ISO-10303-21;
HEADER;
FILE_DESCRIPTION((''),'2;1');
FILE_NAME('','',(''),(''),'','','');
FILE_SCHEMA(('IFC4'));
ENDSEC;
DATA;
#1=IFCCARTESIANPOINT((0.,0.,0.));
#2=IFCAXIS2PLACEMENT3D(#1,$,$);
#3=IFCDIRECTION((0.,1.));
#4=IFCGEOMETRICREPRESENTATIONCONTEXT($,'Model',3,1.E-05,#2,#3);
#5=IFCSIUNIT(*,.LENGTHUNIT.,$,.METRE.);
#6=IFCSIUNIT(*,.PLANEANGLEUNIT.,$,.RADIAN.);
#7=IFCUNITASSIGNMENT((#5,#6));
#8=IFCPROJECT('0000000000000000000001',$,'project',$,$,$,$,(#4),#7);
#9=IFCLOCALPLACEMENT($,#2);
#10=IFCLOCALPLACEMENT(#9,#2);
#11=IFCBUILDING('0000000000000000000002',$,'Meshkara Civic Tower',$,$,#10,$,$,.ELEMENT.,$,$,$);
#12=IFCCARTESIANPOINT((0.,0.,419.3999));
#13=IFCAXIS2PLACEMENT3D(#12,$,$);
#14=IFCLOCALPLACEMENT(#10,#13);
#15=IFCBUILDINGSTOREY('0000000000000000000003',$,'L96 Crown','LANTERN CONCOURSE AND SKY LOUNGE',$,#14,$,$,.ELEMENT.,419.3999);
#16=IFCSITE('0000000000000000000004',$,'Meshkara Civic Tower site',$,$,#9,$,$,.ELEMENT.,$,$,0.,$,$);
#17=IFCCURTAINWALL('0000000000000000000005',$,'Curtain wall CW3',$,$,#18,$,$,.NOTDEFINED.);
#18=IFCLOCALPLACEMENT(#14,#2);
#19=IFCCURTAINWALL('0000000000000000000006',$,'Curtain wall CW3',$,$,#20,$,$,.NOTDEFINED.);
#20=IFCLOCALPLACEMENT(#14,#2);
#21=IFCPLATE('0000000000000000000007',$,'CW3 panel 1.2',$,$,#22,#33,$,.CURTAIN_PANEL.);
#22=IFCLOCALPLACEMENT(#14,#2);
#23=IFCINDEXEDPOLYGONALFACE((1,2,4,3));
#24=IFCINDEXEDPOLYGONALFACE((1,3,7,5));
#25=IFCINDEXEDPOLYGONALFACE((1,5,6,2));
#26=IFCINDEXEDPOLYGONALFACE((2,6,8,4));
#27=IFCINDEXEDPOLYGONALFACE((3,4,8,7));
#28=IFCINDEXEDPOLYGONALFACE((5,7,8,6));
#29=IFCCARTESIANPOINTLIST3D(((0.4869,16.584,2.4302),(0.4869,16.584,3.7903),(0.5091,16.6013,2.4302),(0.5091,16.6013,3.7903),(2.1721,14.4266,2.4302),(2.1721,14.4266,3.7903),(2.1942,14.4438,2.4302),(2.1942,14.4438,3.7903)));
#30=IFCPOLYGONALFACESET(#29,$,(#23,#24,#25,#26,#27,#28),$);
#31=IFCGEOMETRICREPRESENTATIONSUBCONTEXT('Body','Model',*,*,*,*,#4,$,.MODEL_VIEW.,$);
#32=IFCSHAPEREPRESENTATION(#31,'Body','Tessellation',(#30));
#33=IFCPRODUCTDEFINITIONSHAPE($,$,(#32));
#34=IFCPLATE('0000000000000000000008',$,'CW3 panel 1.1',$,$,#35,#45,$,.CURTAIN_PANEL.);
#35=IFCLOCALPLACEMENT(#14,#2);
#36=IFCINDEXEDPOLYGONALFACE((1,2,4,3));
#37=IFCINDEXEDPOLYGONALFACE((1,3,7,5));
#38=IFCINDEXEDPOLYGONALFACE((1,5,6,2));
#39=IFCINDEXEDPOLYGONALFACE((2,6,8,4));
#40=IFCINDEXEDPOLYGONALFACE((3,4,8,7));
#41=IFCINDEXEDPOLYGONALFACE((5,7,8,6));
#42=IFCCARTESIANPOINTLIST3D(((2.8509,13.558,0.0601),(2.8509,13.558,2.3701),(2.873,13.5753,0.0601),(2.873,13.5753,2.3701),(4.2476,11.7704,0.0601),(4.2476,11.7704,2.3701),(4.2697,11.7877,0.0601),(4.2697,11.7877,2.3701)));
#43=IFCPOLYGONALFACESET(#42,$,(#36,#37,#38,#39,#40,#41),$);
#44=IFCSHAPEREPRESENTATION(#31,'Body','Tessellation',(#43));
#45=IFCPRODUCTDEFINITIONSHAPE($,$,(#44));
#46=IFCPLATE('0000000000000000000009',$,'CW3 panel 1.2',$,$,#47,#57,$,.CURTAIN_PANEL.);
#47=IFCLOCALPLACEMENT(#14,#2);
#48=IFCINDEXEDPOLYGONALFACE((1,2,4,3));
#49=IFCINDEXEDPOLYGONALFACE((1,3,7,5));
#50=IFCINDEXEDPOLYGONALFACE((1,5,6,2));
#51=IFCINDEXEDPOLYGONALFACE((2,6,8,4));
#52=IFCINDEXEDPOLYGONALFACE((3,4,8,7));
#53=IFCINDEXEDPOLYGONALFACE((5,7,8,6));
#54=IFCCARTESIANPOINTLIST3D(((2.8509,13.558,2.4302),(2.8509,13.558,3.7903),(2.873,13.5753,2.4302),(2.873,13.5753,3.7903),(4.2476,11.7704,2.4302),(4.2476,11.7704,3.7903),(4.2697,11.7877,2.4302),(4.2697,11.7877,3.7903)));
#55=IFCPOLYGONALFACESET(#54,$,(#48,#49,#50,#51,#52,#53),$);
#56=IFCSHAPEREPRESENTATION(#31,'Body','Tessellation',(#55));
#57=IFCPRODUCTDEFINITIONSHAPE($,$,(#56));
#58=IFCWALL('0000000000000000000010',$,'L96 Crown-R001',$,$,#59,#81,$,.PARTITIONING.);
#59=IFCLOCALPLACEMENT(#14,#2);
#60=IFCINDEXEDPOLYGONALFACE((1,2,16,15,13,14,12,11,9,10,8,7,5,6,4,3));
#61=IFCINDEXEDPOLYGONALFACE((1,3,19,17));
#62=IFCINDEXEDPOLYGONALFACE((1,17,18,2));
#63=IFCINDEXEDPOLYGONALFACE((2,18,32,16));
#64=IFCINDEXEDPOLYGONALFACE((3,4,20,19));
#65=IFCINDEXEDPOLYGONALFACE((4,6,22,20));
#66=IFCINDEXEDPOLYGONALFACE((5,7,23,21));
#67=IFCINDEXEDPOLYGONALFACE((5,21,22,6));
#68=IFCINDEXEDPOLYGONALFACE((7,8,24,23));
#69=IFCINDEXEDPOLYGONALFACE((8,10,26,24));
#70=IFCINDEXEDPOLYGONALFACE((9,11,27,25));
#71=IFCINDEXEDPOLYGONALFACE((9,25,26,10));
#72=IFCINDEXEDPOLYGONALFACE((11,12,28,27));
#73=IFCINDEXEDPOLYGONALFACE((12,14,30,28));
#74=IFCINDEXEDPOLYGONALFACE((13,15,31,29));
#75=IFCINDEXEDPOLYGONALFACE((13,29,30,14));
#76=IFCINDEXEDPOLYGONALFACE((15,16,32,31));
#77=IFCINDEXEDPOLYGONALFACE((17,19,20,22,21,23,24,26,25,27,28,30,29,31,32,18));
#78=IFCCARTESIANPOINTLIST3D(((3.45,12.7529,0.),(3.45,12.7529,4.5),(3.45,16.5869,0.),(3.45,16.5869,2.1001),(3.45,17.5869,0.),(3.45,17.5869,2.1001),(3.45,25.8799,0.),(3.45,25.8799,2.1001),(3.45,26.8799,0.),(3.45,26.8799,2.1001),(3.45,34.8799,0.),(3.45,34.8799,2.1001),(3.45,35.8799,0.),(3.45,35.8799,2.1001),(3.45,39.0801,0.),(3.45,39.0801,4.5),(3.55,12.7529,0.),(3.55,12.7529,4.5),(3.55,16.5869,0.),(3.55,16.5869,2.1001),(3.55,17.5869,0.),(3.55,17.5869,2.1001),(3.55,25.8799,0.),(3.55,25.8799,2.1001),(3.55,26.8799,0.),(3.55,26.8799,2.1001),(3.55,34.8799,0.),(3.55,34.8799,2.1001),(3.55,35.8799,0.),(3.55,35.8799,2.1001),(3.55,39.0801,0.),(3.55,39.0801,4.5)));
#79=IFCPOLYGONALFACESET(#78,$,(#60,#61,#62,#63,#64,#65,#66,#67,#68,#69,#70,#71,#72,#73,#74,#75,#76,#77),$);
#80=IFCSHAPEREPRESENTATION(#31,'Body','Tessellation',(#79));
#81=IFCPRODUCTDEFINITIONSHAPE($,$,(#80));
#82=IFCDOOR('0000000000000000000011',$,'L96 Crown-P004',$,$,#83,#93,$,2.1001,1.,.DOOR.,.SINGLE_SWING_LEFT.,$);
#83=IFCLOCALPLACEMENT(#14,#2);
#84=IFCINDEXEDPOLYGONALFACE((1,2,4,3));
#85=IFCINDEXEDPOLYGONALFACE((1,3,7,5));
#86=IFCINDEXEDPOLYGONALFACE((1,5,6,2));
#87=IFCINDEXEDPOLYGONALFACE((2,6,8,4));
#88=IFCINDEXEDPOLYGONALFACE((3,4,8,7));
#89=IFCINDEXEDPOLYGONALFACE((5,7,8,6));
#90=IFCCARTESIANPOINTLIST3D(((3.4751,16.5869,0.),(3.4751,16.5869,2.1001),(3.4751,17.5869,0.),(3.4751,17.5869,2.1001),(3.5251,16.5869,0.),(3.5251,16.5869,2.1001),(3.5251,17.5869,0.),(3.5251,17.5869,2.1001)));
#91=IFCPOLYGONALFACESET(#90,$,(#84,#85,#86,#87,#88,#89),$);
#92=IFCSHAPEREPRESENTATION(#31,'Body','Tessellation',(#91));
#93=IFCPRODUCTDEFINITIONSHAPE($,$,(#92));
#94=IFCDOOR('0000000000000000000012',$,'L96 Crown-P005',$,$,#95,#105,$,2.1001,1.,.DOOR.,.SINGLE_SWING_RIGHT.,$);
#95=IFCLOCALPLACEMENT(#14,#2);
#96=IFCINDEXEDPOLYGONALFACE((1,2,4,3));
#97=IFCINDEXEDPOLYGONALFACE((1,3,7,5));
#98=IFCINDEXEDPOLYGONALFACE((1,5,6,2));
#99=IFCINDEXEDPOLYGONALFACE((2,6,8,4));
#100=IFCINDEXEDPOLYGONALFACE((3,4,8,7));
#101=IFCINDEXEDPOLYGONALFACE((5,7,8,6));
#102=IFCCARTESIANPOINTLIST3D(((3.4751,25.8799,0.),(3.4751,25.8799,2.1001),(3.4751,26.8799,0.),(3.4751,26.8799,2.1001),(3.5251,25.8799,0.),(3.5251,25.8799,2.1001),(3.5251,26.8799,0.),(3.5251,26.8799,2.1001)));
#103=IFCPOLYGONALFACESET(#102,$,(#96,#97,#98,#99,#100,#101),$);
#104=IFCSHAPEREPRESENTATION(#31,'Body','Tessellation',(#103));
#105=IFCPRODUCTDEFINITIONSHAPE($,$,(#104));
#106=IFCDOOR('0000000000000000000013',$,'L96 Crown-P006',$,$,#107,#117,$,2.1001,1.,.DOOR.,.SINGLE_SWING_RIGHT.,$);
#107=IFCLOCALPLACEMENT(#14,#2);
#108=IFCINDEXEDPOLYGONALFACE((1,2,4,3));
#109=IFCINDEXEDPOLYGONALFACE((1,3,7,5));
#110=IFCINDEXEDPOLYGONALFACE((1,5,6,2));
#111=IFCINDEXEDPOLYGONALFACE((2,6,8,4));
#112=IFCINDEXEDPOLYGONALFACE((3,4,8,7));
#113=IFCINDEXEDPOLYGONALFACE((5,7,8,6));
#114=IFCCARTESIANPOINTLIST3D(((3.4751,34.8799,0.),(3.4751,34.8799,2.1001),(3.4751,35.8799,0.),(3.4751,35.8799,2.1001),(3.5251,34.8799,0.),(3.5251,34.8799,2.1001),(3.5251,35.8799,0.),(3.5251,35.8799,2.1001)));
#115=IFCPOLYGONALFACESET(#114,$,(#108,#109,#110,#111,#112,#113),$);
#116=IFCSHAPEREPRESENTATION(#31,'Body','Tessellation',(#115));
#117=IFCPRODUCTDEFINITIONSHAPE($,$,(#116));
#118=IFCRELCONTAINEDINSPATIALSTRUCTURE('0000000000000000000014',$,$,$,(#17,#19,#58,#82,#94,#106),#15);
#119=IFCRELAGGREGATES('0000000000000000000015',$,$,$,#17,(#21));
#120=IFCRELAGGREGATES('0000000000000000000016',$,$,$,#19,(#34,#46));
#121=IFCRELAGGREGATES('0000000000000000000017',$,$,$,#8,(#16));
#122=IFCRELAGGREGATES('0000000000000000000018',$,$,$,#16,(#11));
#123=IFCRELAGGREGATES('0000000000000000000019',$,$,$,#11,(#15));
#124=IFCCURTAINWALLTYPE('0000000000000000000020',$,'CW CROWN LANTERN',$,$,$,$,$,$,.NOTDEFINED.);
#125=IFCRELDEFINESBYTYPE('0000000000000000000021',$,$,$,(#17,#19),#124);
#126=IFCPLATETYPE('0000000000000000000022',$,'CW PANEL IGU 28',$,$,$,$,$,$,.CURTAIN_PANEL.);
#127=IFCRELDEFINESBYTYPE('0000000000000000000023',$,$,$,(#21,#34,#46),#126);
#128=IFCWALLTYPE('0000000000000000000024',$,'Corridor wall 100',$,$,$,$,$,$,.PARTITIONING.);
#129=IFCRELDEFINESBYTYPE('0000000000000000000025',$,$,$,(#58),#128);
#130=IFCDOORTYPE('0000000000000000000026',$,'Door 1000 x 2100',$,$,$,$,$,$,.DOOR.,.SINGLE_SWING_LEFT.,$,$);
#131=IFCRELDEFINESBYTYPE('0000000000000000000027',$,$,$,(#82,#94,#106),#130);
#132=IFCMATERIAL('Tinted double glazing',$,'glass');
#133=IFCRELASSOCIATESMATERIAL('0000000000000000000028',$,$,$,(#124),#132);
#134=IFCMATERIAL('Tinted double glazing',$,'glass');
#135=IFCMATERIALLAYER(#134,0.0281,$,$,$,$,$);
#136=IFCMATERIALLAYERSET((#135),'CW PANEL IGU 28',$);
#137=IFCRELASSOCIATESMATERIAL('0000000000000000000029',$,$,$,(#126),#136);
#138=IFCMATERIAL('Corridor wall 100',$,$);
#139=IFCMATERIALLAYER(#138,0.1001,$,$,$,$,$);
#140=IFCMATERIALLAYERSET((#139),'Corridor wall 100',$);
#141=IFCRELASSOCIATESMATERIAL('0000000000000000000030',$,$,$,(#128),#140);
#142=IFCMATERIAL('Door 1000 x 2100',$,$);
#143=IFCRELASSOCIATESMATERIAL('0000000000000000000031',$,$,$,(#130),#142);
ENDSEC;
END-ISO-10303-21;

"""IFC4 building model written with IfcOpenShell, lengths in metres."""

from ifc_helpers import new_model, si_unit, direction, frame, frame_2d, origin, origin_2d, place, context, subcontext, project, spatial, rectangle, extrude, material, layer, layer_set, type_object, element, fill, aggregate, save


model = new_model("IFC4")

# Units and contexts
model_context = context("Model", 3, precision=1e-05, world=origin(), true_north=direction((0.0, 1.0)))
body_context = subcontext(model_context, "Body", "Model", "MODEL_VIEW")
ifc_project = project(units=[si_unit("LENGTHUNIT", "METRE"), si_unit("PLANEANGLEUNIT", "RADIAN")], contexts=[model_context])

# Site, building, storey
site_placement = place(None, origin())
site = spatial("IfcSite", under=ifc_project, at=site_placement, Name="Meshkara Civic Tower site", CompositionType="ELEMENT", RefElevation=0.0)
building_placement = place(site_placement, origin())
building = spatial("IfcBuilding", under=site, at=building_placement, Name="Meshkara Civic Tower", CompositionType="ELEMENT")
storey_placement = place(building_placement, frame((0.0, 0.0, 419.3999)))
storey = spatial("IfcBuildingStorey", under=building, at=storey_placement, Name="L96 Crown", Description="LANTERN CONCOURSE AND SKY LOUNGE", CompositionType="ELEMENT", Elevation=419.3999)

# Curtain wall
ifc_material_1 = material(Name="Tinted double glazing", Category="glass")
curtain_wall_type = type_object("IfcCurtainWallType", Name="CW CROWN LANTERN", PredefinedType="NOTDEFINED", material=ifc_material_1)
curtain_wall_1_placement = place(storey_placement, origin())
curtain_wall_1 = element("IfcCurtainWall", 1, at=curtain_wall_1_placement, inside=storey, type_object=curtain_wall_type, Name="Curtain wall CW3", PredefinedType="NOTDEFINED")

# Curtain wall
curtain_wall_2_placement = place(storey_placement, origin())
curtain_wall_2 = element("IfcCurtainWall", 2, at=curtain_wall_2_placement, inside=storey, type_object=curtain_wall_type, Name="Curtain wall CW3", PredefinedType="NOTDEFINED")

# Plates
ifc_material_2 = material(Name="Tinted double glazing", Category="glass")
ifc_layer_1 = layer(ifc_material_2, 0.0281)
ifc_layer_set_1 = layer_set([ifc_layer_1], Name="CW PANEL IGU 28")
plate_type = type_object("IfcPlateType", Name="CW PANEL IGU 28", PredefinedType="CURTAIN_PANEL", material=ifc_layer_set_1)
plate_1_placement = place(storey_placement, frame((1.3406, 15.5139, 2.4302), z_axis=(0.0, 0.0, 1.0), x_axis=(0.615563, -0.788088, 0.0)))
plate_1 = element("IfcPlate", 3, at=plate_1_placement, type_object=plate_type, Name="CW3 panel 1.2", PredefinedType="CURTAIN_PANEL", context=body_context, shape_type="SweptSolid", body=[
    extrude(rectangle(XDim=2.7375, YDim=0.0281, at=origin_2d()), origin(), (0.0, 0.0, 1.0), 1.3601),
])
aggregate(curtain_wall_1, [plate_1])
plate_2_placement = place(storey_placement, frame((3.5603, 12.6729, 0.0601), z_axis=(0.0, 0.0, 1.0), x_axis=(0.615656, -0.788015, 0.0)))
plate_2 = element("IfcPlate", 4, at=plate_2_placement, type_object=plate_type, Name="CW3 panel 1.1", PredefinedType="CURTAIN_PANEL", context=body_context, shape_type="SweptSolid", body=[
    extrude(rectangle(XDim=2.2686, YDim=0.0281, at=origin_2d()), origin(), (0.0, 0.0, 1.0), 2.3101),
])
plate_3_placement = place(storey_placement, frame((3.5603, 12.6729, 2.4302), z_axis=(0.0, 0.0, 1.0), x_axis=(0.615656, -0.788015, 0.0)))
plate_3 = element("IfcPlate", 5, at=plate_3_placement, type_object=plate_type, Name="CW3 panel 1.2", PredefinedType="CURTAIN_PANEL", context=body_context, shape_type="SweptSolid", body=[
    extrude(rectangle(XDim=2.2686, YDim=0.0281, at=origin_2d()), origin(), (0.0, 0.0, 1.0), 1.3601),
])
aggregate(curtain_wall_2, [plate_2, plate_3])

# Wall, openings, doors
ifc_material_3 = material(Name="Corridor wall 100")
ifc_layer_2 = layer(ifc_material_3, 0.1001)
ifc_layer_set_2 = layer_set([ifc_layer_2], Name="Corridor wall 100")
wall_type = type_object("IfcWallType", Name="Corridor wall 100", PredefinedType="PARTITIONING", material=ifc_layer_set_2)
wall_placement = place(storey_placement, frame((3.5, 12.7529, 0.0), z_axis=(0.0, 0.0, 1.0), x_axis=(0.0, 1.0, 0.0)))
wall = element("IfcWall", 6, at=wall_placement, inside=storey, type_object=wall_type, Name="L96 Crown-R001", PredefinedType="PARTITIONING", context=body_context, shape_type="SweptSolid", body=[
    extrude(rectangle(XDim=26.3271, YDim=0.1001, at=frame_2d((13.1636, 0.0))), origin(), (0.0, 0.0, 1.0), 4.5),
])
opening_1_placement = place(wall_placement, frame((3.834, 0.0, 0.0)))
opening_1 = element("IfcOpeningElement", 7, at=opening_1_placement, cuts=wall, PredefinedType="OPENING", context=body_context, shape_type="SweptSolid", body=[
    extrude(rectangle(XDim=1.0, YDim=2.1001, at=frame_2d((0.5, 1.05))), frame((0.0, 0.0601, 0.0), z_axis=(0.0, -1.0, 0.0), x_axis=(1.0, 0.0, 0.0)), (0.0, 0.0, 1.0), 0.1201),
])
opening_2_placement = place(wall_placement, frame((13.127, 0.0, 0.0)))
opening_2 = element("IfcOpeningElement", 8, at=opening_2_placement, cuts=wall, PredefinedType="OPENING", context=body_context, shape_type="SweptSolid", body=[
    extrude(rectangle(XDim=1.0, YDim=2.1001, at=frame_2d((0.5, 1.05))), frame((0.0, 0.0601, 0.0), z_axis=(0.0, -1.0, 0.0), x_axis=(1.0, 0.0, 0.0)), (0.0, 0.0, 1.0), 0.1201),
])
opening_3_placement = place(wall_placement, frame((22.127, 0.0, 0.0)))
opening_3 = element("IfcOpeningElement", 9, at=opening_3_placement, cuts=wall, PredefinedType="OPENING", context=body_context, shape_type="SweptSolid", body=[
    extrude(rectangle(XDim=1.0, YDim=2.1001, at=frame_2d((0.5, 1.05))), frame((0.0, 0.0601, 0.0), z_axis=(0.0, -1.0, 0.0), x_axis=(1.0, 0.0, 0.0)), (0.0, 0.0, 1.0), 0.1201),
])
ifc_material_4 = material(Name="Door 1000 x 2100")
door_type = type_object("IfcDoorType", Name="Door 1000 x 2100", OperationType="SINGLE_SWING_LEFT", PredefinedType="DOOR", material=ifc_material_4)
door_1_placement = place(opening_1_placement, origin())
door_1 = element("IfcDoor", 10, at=door_1_placement, inside=storey, type_object=door_type, Name="L96 Crown-P004", OperationType="SINGLE_SWING_LEFT", OverallHeight=2.1001, OverallWidth=1.0, PredefinedType="DOOR", context=body_context, shape_type="SweptSolid", body=[
    extrude(rectangle(XDim=1.0, YDim=2.1001, at=frame_2d((0.5, 1.05))), frame((0.0, 0.0249, 0.0), z_axis=(0.0, -1.0, 0.0), x_axis=(1.0, 0.0, 0.0)), (0.0, 0.0, 1.0), 0.05),
])
fill(opening_1, door_1)
door_2_placement = place(opening_2_placement, origin())
door_2 = element("IfcDoor", 11, at=door_2_placement, inside=storey, type_object=door_type, Name="L96 Crown-P005", OperationType="SINGLE_SWING_RIGHT", OverallHeight=2.1001, OverallWidth=1.0, PredefinedType="DOOR", context=body_context, shape_type="SweptSolid", body=[
    extrude(rectangle(XDim=1.0, YDim=2.1001, at=frame_2d((0.5, 1.05))), frame((0.0, 0.0249, 0.0), z_axis=(0.0, -1.0, 0.0), x_axis=(1.0, 0.0, 0.0)), (0.0, 0.0, 1.0), 0.05),
])
fill(opening_2, door_2)
door_3_placement = place(opening_3_placement, origin())
door_3 = element("IfcDoor", 12, at=door_3_placement, inside=storey, type_object=door_type, Name="L96 Crown-P006", OperationType="SINGLE_SWING_RIGHT", OverallHeight=2.1001, OverallWidth=1.0, PredefinedType="DOOR", context=body_context, shape_type="SweptSolid", body=[
    extrude(rectangle(XDim=1.0, YDim=2.1001, at=frame_2d((0.5, 1.05))), frame((0.0, 0.0249, 0.0), z_axis=(0.0, -1.0, 0.0), x_axis=(1.0, 0.0, 0.0)), (0.0, 0.0, 1.0), 0.05),
])
fill(opening_3, door_3)

save(model, "model.ifc")
